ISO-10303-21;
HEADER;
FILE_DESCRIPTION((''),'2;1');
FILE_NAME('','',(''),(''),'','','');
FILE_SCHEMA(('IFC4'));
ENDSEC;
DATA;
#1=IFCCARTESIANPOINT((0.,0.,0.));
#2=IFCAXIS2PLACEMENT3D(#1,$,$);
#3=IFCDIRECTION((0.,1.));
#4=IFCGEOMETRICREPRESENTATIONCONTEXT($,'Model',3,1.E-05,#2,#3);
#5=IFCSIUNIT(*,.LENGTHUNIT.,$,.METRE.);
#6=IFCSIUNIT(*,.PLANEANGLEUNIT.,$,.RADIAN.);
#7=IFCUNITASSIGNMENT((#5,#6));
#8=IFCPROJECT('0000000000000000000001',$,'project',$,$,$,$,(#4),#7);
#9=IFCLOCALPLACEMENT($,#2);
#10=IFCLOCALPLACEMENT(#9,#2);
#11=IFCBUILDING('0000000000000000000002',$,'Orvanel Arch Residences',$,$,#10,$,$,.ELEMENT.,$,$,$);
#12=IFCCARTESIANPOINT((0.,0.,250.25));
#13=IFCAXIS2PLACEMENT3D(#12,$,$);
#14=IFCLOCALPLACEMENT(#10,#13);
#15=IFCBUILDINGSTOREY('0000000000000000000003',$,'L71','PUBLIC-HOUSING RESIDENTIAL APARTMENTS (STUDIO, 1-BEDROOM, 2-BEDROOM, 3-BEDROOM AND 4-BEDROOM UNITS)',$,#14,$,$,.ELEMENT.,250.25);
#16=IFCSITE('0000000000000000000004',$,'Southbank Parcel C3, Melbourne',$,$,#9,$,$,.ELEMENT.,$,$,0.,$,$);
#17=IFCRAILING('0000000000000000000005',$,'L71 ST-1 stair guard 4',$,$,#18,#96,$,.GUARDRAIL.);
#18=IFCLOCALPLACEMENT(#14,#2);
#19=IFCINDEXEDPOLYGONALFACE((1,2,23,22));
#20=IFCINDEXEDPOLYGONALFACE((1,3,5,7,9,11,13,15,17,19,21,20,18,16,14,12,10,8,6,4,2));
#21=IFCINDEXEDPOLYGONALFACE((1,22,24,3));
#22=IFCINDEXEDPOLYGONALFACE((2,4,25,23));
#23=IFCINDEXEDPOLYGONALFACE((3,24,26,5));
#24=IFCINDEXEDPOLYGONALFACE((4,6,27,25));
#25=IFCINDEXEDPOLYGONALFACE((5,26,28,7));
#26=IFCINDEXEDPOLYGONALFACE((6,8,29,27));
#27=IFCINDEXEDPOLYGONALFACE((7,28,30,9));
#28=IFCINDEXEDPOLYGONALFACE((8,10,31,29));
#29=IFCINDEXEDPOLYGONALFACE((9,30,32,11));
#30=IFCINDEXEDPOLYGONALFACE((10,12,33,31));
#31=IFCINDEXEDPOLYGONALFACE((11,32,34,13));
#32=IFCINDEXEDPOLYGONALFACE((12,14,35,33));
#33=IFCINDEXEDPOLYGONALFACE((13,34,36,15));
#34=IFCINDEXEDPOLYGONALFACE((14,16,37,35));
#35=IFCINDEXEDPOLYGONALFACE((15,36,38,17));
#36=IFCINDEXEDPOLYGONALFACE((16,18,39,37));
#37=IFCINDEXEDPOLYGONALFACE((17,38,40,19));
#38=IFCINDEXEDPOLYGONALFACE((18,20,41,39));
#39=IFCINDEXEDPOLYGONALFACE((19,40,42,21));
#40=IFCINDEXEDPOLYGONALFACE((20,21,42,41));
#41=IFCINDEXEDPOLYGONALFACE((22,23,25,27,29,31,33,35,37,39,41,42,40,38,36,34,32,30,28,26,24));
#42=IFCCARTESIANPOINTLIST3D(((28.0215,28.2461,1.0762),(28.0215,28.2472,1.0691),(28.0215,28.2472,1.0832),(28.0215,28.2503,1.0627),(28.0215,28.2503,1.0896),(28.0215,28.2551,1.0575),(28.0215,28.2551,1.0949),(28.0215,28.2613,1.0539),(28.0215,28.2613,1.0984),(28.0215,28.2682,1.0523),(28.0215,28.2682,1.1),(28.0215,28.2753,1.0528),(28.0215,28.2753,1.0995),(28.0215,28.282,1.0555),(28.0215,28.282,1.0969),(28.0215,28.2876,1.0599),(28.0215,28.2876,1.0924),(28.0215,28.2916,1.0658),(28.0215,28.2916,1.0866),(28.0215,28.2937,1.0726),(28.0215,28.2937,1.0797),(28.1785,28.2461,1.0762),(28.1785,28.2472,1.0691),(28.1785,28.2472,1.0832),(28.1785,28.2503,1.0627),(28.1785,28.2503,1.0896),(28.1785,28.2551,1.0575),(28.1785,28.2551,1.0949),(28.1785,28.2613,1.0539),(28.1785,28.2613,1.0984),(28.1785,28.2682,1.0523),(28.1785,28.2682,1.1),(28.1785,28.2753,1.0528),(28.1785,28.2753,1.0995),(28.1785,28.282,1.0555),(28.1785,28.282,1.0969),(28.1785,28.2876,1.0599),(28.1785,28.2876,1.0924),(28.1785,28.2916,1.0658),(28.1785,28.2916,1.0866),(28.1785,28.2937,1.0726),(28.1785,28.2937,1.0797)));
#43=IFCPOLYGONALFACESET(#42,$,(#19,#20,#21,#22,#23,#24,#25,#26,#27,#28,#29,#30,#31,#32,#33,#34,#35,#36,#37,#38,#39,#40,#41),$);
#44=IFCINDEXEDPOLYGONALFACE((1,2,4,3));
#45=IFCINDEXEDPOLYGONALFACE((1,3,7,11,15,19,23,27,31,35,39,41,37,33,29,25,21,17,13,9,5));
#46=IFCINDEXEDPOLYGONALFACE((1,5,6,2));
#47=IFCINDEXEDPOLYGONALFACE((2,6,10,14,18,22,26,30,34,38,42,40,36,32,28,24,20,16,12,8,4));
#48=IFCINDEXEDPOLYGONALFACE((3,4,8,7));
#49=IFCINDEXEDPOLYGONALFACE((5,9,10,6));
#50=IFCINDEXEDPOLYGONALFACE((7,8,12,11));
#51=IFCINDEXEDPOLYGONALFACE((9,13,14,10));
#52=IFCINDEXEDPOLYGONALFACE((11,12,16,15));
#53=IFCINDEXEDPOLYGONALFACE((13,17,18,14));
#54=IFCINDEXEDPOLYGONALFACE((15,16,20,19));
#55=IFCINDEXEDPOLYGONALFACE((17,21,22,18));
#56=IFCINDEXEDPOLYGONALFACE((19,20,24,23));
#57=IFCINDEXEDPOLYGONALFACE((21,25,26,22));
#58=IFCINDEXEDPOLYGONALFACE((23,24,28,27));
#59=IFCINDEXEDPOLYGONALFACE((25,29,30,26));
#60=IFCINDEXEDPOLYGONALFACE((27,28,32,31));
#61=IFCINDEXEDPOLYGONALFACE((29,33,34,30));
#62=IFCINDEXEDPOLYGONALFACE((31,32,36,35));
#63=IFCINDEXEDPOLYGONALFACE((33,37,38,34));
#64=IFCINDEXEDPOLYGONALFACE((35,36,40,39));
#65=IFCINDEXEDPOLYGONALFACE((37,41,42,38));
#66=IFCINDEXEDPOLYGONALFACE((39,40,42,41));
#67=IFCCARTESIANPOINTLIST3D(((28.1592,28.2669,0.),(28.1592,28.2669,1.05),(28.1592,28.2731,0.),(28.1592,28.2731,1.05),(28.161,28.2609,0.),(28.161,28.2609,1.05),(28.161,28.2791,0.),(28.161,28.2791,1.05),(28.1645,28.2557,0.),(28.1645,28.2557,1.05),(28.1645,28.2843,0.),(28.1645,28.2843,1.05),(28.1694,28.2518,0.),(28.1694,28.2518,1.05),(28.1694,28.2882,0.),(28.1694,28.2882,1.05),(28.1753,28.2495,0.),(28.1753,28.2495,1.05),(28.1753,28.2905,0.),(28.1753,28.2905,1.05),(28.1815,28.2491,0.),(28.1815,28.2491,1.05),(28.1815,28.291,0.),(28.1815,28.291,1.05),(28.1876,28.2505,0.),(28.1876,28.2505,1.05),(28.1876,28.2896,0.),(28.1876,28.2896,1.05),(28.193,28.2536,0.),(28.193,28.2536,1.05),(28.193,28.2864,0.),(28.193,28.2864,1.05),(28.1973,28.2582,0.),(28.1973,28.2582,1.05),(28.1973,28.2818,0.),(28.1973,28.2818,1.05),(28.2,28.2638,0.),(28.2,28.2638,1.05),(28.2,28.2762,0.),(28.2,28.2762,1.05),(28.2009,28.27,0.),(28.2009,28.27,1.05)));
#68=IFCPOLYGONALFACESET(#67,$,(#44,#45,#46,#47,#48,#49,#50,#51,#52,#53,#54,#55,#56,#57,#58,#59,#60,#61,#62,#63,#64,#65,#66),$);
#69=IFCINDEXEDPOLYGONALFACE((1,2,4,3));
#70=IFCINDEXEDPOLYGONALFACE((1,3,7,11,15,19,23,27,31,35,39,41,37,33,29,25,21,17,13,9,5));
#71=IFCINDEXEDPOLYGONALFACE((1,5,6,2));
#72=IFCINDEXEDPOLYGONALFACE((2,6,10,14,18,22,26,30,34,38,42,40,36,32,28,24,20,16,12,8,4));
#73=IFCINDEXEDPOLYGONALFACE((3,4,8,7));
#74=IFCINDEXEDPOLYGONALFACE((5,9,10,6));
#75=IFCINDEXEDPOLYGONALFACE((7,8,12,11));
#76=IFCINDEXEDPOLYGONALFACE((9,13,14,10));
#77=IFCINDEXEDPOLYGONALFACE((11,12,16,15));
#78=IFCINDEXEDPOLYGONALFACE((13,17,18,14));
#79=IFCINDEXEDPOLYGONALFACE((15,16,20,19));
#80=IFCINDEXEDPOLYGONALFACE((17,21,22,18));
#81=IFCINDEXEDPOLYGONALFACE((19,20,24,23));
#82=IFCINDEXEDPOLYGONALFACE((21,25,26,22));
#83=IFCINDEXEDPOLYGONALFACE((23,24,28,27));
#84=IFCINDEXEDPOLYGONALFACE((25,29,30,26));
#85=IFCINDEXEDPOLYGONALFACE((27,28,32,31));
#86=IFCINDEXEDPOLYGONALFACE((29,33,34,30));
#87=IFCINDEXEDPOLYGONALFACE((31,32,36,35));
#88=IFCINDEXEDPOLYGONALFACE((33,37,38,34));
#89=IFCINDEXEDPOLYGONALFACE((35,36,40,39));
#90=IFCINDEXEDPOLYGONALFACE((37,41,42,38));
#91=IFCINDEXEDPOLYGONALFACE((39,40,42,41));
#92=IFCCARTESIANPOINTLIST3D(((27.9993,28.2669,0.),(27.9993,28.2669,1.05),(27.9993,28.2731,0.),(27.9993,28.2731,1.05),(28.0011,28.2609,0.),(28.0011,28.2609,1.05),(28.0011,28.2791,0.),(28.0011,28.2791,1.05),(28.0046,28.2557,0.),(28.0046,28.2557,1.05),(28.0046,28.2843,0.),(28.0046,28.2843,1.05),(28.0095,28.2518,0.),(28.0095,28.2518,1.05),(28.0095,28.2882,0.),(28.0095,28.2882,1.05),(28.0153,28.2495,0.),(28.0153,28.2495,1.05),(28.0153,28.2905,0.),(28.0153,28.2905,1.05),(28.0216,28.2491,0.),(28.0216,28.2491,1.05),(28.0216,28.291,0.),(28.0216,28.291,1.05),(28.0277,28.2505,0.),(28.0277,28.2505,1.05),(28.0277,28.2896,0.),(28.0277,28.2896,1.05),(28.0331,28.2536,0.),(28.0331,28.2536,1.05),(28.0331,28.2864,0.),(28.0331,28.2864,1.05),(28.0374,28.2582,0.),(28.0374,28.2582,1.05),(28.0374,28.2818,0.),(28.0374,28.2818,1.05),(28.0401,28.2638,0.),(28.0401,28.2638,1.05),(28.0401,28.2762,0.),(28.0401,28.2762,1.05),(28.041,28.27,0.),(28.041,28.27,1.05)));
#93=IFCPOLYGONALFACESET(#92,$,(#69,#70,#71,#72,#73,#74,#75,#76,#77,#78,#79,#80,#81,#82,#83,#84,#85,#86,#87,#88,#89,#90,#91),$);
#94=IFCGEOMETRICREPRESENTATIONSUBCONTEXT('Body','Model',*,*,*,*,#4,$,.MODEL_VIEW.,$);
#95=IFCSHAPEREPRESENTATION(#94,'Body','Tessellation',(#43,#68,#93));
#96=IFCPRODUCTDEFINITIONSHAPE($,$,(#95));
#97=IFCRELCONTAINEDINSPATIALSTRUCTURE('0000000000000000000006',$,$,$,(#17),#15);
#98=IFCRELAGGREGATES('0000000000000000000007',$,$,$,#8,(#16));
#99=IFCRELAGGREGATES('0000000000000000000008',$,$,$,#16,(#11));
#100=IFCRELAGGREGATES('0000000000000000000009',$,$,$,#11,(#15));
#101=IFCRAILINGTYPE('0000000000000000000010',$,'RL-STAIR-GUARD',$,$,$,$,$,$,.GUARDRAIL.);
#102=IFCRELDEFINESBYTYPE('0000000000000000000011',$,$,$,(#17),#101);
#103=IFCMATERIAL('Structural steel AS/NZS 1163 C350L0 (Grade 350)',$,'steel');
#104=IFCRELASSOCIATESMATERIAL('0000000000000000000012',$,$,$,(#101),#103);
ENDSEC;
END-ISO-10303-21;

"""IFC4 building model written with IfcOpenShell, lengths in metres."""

from ifc_helpers import new_model, si_unit, direction, frame, origin, origin_2d, place, context, subcontext, project, spatial, circle, extrude, material, type_object, element, save


model = new_model("IFC4")

# Units and contexts
model_context = context("Model", 3, precision=1e-05, world=origin(), true_north=direction((0.0, 1.0)))
body_context = subcontext(model_context, "Body", "Model", "MODEL_VIEW")
ifc_project = project(units=[si_unit("LENGTHUNIT", "METRE"), si_unit("PLANEANGLEUNIT", "RADIAN")], contexts=[model_context])

# Site, building, storey
site_placement = place(None, origin())
site = spatial("IfcSite", under=ifc_project, at=site_placement, Name="Southbank Parcel C3, Melbourne", CompositionType="ELEMENT", RefElevation=0.0)
building_placement = place(site_placement, origin())
building = spatial("IfcBuilding", under=site, at=building_placement, Name="Orvanel Arch Residences", CompositionType="ELEMENT")
storey_placement = place(building_placement, frame((0.0, 0.0, 250.25)))
storey = spatial("IfcBuildingStorey", under=building, at=storey_placement, Name="L71", Description="PUBLIC-HOUSING RESIDENTIAL APARTMENTS (STUDIO, 1-BEDROOM, 2-BEDROOM, 3-BEDROOM AND 4-BEDROOM UNITS)", CompositionType="ELEMENT", Elevation=250.25)

# Railing
ifc_material_1 = material(Name="Structural steel AS/NZS 1163 C350L0 (Grade 350)", Category="steel")
railing_type_1 = type_object("IfcRailingType", Name="RL-STAIR-GUARD", PredefinedType="GUARDRAIL", material=ifc_material_1)
railing_1_placement = place(storey_placement, frame((28.1799, 28.27, 0.0)))
element("IfcRailing", 1, at=railing_1_placement, inside=storey, type_object=railing_type_1, Name="L71 ST-1 stair guard 4", PredefinedType="GUARDRAIL", context=body_context, shape_type="SweptSolid", body=[
    extrude(circle(Radius=0.0239, at=origin_2d()), frame((-0.0015, 0.0, 1.0762), z_axis=(-1.0, 0.0, 0.0), x_axis=(0.0, -1.0, 0.0)), (0.0, 0.0, 1.0), 0.157),
    extrude(circle(Radius=0.021, at=origin_2d()), origin(), (0.0, 0.0, 1.0), 1.05),
    extrude(circle(Radius=0.021, at=origin_2d()), frame((-0.1599, 0.0, 0.0)), (0.0, 0.0, 1.0), 1.05),
])

save(model, "model.ifc")
